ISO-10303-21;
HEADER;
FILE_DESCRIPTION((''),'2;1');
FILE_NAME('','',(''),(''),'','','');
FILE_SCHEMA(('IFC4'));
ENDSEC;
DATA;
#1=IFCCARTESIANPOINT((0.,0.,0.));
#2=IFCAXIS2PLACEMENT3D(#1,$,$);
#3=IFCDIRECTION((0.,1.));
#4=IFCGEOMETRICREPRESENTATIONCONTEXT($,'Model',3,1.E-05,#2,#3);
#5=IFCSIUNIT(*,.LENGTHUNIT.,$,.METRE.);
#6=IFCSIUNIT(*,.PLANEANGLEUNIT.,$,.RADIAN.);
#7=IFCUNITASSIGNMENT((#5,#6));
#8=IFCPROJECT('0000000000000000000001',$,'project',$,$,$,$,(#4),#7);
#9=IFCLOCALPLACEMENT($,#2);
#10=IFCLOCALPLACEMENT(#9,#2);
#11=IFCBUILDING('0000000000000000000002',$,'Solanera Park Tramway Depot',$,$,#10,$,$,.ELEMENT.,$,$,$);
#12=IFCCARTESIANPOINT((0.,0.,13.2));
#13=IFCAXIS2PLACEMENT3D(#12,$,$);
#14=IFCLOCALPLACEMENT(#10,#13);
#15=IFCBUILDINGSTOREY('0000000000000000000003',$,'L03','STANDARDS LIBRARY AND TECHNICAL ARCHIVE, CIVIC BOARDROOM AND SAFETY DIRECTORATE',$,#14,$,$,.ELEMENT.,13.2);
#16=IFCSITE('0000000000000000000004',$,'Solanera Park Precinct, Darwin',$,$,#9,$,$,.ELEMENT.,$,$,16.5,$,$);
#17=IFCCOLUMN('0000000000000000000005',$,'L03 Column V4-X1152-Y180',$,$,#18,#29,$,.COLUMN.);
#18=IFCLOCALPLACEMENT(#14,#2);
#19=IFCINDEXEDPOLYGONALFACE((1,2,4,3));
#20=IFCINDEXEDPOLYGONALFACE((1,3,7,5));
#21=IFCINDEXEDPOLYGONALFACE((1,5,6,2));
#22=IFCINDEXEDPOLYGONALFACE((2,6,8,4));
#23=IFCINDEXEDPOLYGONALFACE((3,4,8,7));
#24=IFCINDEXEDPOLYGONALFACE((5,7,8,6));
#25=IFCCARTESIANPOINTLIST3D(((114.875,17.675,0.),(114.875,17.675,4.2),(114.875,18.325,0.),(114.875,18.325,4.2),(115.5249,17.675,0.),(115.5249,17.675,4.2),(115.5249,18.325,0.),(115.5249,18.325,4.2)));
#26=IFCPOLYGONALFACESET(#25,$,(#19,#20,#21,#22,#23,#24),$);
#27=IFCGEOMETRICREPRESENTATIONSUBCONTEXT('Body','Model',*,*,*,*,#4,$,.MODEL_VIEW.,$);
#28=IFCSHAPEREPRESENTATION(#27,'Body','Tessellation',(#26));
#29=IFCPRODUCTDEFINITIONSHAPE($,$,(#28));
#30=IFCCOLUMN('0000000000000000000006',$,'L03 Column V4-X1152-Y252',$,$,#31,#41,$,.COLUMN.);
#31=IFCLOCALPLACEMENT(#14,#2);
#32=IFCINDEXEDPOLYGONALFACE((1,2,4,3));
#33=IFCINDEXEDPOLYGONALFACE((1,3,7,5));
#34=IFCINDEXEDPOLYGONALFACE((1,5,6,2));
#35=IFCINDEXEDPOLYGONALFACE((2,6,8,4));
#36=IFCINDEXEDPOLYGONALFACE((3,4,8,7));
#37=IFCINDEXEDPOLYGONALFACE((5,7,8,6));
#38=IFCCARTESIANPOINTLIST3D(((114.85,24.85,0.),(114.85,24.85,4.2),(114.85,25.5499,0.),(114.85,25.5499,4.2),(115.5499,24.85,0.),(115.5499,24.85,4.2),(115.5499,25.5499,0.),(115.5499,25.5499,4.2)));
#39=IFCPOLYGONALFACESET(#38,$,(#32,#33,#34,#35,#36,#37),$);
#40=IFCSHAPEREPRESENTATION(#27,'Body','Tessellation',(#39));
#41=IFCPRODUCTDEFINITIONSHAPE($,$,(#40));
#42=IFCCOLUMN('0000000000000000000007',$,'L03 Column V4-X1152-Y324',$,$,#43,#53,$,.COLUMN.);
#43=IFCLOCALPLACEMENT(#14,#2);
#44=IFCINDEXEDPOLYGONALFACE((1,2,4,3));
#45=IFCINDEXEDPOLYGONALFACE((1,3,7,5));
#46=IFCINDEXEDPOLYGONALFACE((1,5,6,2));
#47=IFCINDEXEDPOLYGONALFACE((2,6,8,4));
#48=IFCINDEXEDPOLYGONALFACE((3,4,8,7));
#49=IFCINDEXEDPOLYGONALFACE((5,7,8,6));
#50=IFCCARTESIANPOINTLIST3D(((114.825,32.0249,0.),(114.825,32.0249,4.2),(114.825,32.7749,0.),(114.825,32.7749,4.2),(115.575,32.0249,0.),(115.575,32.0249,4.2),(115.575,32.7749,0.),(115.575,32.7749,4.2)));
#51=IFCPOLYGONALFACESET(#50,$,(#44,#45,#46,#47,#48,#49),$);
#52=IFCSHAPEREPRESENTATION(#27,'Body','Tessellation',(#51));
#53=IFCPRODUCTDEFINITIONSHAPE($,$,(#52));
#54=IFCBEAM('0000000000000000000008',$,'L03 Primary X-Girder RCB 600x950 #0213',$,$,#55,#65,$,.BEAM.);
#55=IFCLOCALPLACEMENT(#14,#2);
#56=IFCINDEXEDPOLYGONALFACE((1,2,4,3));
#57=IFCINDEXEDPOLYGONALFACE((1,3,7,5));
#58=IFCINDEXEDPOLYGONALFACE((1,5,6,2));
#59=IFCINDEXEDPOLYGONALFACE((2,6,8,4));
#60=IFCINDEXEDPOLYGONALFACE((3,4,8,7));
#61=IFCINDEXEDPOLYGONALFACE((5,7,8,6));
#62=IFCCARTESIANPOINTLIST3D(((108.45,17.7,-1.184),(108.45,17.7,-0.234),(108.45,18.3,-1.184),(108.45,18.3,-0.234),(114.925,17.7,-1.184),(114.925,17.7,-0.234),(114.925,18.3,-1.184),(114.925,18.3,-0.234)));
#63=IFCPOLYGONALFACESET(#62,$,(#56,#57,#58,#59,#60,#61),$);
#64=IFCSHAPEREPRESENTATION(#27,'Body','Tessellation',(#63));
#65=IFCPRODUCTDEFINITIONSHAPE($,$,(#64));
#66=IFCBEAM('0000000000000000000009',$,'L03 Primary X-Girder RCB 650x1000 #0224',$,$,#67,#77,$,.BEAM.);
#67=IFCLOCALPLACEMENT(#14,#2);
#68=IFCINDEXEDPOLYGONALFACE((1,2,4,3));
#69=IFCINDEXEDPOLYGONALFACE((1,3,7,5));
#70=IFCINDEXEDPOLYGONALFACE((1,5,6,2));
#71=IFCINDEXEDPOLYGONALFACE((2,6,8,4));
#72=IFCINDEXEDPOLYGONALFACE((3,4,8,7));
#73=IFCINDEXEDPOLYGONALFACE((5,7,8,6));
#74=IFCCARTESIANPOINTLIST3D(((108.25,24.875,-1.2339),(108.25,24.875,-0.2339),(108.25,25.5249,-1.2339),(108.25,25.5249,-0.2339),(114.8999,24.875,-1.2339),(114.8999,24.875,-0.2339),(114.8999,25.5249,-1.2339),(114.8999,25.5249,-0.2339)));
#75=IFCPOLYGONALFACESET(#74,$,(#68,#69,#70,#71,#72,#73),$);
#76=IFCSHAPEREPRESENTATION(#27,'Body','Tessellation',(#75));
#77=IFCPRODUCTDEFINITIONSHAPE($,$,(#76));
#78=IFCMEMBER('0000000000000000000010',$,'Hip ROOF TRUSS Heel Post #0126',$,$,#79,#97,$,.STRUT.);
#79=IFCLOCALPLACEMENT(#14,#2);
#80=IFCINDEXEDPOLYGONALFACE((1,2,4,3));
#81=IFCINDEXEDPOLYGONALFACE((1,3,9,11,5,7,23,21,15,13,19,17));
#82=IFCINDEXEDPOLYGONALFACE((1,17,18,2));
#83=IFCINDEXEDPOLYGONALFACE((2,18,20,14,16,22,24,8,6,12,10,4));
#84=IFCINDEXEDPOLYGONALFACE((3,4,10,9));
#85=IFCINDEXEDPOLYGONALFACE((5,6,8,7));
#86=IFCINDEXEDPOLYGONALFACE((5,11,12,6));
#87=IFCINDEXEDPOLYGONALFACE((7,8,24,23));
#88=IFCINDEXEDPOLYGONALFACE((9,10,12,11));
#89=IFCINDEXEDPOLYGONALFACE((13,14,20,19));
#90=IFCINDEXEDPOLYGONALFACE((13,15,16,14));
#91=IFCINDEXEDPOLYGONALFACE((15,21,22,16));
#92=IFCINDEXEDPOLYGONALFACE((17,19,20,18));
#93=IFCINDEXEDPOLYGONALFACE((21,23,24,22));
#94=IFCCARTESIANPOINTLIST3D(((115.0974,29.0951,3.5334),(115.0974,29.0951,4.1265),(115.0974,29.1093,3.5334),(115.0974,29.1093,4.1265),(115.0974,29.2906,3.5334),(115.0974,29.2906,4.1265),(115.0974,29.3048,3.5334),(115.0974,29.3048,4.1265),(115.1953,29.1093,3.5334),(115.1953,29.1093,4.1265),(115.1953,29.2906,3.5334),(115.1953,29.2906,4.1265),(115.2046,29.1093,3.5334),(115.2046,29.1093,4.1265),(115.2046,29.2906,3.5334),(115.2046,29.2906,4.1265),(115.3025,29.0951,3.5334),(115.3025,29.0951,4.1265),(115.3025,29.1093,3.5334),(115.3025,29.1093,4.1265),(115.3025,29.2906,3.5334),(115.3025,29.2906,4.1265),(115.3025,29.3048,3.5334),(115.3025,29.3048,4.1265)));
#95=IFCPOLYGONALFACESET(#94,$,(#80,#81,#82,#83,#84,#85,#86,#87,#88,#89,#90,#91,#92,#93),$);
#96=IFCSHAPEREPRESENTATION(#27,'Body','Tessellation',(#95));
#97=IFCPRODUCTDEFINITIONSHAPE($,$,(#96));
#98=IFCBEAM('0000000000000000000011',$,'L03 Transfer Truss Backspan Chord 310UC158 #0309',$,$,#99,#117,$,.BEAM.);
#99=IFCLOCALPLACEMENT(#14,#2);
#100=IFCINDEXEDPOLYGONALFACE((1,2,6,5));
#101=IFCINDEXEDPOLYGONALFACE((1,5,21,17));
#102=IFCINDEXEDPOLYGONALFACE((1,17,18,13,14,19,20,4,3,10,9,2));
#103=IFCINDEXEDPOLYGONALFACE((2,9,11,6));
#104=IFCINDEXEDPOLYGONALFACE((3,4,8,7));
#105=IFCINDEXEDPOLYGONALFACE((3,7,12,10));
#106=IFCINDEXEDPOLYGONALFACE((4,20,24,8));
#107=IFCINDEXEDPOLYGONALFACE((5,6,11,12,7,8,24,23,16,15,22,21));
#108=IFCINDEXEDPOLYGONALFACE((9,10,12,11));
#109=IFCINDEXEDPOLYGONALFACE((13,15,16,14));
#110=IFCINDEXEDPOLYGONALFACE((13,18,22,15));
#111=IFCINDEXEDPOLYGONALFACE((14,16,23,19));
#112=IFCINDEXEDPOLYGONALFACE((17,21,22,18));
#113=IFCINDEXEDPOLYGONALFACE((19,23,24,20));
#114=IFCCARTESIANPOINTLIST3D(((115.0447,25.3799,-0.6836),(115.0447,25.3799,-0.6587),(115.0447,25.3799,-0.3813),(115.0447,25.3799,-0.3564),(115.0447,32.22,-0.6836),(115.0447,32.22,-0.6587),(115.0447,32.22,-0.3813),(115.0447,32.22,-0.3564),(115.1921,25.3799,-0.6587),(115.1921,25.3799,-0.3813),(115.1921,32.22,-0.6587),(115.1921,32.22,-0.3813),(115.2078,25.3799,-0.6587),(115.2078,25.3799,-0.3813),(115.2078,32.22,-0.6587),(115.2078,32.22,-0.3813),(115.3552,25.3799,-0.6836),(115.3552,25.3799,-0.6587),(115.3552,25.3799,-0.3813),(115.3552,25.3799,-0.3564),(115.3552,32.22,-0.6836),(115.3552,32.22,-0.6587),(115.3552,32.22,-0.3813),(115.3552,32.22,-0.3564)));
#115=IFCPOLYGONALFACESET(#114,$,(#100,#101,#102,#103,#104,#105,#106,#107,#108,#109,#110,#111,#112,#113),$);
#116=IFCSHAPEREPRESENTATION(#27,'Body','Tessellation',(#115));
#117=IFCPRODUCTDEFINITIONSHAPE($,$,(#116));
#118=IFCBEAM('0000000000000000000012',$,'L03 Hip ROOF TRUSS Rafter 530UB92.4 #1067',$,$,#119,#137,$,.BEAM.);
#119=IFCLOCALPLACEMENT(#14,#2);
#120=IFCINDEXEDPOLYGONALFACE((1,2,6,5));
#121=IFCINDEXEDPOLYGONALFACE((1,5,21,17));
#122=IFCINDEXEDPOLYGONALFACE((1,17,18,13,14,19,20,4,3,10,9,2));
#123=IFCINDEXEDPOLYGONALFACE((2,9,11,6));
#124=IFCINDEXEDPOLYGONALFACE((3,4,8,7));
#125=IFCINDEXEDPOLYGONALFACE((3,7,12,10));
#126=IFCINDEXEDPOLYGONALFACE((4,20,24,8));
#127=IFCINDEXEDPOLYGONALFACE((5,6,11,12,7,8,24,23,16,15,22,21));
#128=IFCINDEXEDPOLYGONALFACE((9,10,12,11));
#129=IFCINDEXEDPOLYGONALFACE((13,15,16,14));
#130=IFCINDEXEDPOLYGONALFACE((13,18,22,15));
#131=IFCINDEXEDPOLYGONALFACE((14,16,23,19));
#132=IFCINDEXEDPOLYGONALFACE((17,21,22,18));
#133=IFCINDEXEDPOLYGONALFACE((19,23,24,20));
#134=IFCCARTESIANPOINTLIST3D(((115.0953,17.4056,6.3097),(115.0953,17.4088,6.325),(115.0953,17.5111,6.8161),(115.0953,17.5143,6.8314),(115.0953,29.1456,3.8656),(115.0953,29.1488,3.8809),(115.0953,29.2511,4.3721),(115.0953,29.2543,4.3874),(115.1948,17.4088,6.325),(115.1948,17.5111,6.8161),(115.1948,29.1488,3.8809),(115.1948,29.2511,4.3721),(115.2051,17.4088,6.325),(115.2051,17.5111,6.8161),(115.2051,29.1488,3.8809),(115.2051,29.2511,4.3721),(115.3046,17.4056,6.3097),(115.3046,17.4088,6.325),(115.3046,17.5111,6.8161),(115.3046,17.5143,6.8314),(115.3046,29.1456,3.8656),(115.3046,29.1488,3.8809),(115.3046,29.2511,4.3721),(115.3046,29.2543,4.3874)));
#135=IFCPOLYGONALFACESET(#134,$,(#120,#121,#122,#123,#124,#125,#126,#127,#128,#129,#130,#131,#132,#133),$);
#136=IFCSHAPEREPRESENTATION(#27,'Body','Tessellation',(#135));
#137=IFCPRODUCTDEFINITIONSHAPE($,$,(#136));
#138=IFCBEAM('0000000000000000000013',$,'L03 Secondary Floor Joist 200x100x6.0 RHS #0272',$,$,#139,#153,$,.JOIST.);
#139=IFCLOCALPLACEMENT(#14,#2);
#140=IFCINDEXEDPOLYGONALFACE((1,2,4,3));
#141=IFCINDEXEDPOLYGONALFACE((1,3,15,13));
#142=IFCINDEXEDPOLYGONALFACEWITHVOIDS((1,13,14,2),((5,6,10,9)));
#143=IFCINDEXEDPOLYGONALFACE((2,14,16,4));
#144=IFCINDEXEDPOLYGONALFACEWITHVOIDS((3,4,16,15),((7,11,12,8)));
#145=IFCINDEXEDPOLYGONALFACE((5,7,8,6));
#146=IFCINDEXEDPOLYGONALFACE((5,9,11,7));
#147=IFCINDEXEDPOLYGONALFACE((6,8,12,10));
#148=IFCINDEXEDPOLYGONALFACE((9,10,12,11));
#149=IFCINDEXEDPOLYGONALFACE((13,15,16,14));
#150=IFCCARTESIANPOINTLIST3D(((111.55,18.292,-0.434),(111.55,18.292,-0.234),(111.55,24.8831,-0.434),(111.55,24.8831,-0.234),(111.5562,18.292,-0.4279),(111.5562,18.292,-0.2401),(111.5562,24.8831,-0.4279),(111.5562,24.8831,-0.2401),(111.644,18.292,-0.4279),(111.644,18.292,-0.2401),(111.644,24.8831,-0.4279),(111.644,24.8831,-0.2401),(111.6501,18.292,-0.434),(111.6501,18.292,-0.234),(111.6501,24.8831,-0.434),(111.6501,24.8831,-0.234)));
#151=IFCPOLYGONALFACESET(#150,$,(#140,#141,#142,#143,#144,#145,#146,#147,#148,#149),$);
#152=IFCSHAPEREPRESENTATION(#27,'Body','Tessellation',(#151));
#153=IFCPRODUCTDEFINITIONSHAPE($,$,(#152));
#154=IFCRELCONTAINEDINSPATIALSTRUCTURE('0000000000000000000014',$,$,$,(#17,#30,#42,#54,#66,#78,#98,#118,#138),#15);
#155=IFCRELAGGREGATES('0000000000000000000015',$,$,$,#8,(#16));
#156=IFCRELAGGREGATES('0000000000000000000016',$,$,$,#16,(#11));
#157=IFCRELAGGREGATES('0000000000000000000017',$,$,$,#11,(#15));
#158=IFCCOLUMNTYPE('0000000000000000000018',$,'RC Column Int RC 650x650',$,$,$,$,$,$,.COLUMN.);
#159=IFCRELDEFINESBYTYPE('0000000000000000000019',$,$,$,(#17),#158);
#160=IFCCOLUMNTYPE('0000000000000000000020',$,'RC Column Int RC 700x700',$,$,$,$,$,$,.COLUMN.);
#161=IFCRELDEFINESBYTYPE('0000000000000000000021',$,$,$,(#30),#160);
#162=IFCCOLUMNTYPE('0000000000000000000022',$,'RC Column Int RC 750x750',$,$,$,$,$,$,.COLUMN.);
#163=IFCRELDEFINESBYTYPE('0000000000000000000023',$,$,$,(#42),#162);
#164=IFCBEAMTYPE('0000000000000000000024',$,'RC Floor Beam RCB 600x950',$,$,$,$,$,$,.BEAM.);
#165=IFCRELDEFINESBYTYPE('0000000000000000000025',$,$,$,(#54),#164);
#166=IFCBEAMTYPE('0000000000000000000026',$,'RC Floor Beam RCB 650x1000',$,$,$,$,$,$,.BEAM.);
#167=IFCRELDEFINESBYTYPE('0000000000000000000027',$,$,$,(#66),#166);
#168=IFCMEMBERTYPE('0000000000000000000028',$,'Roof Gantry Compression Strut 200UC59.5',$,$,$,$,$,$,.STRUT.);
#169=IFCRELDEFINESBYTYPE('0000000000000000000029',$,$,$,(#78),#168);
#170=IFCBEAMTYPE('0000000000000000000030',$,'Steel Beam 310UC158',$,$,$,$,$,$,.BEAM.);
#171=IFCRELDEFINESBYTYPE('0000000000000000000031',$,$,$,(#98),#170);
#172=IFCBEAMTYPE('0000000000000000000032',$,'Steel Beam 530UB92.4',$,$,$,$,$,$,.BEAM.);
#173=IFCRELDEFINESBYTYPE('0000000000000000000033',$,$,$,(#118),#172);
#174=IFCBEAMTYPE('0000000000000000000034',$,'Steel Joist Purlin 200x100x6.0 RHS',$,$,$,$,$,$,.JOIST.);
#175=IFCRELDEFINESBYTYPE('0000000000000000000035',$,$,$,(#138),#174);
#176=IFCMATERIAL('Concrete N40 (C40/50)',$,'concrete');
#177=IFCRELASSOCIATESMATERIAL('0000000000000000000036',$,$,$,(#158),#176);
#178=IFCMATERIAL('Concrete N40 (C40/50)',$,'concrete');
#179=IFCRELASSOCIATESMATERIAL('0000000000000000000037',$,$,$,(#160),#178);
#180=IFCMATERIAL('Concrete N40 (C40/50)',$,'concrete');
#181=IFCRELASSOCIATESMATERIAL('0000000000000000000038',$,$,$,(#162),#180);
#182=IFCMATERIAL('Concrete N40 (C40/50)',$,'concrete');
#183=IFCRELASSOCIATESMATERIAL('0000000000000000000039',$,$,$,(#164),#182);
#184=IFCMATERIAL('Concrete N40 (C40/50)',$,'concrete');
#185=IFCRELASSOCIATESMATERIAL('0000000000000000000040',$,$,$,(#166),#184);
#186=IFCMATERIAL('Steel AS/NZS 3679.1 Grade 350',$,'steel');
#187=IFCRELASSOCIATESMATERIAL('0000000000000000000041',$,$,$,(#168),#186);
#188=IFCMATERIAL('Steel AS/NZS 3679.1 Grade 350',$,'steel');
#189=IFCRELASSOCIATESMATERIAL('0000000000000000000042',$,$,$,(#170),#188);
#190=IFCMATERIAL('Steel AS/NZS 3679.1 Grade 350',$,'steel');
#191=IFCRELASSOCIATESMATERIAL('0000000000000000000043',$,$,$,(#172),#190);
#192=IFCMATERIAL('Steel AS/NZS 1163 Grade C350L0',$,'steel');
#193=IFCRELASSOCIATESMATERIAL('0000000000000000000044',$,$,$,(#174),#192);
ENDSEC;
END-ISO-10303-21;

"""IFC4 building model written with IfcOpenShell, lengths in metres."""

from ifc_helpers import new_model, si_unit, direction, frame, origin, origin_2d, place, context, subcontext, project, spatial, rectangle, hollow_rectangle, i_section, extrude, material, material_profile, profile_set, type_object, element, save


model = new_model("IFC4")

# Units and contexts
model_context = context("Model", 3, precision=1e-05, world=origin(), true_north=direction((0.0, 1.0)))
body_context = subcontext(model_context, "Body", "Model", "MODEL_VIEW")
ifc_project = project(units=[si_unit("LENGTHUNIT", "METRE"), si_unit("PLANEANGLEUNIT", "RADIAN")], contexts=[model_context])

# Site, building, storey
site_placement = place(None, origin())
site = spatial("IfcSite", under=ifc_project, at=site_placement, Name="Solanera Park Precinct, Darwin", CompositionType="ELEMENT", RefElevation=16.5)
building_placement = place(site_placement, origin())
building = spatial("IfcBuilding", under=site, at=building_placement, Name="Solanera Park Tramway Depot", CompositionType="ELEMENT")
storey_placement = place(building_placement, frame((0.0, 0.0, 13.2)))
storey = spatial("IfcBuildingStorey", under=building, at=storey_placement, Name="L03", Description="STANDARDS LIBRARY AND TECHNICAL ARCHIVE, CIVIC BOARDROOM AND SAFETY DIRECTORATE", CompositionType="ELEMENT", Elevation=13.2)

# Columns
ifc_material_1 = material(Name="Concrete N40 (C40/50)", Category="concrete")
ifc_material_profile_1 = material_profile(ifc_material_1, rectangle(XDim=0.6499, YDim=0.6499, at=origin_2d()), Name="RC 650x650")
ifc_profile_set_1 = profile_set([ifc_material_profile_1], Name="Concrete N40 (C40/50)")
column_type_1 = type_object("IfcColumnType", Name="RC Column Int RC 650x650", PredefinedType="COLUMN", material=ifc_profile_set_1)
column_1_placement = place(storey_placement, frame((115.2, 18.0, 0.0), z_axis=(0.0, 0.0, 1.0), x_axis=(1.0, 0.0, 0.0)))
element("IfcColumn", 1, at=column_1_placement, inside=storey, type_object=column_type_1, Name="L03 Column V4-X1152-Y180", PredefinedType="COLUMN", context=body_context, shape_type="SweptSolid", body=[
    extrude(rectangle(XDim=0.6499, YDim=0.6499, at=origin_2d()), origin(), (0.0, 0.0, 1.0), 4.2),
])
ifc_material_2 = material(Name="Concrete N40 (C40/50)", Category="concrete")
ifc_material_profile_2 = material_profile(ifc_material_2, rectangle(XDim=0.7, YDim=0.7, at=origin_2d()), Name="RC 700x700")
ifc_profile_set_2 = profile_set([ifc_material_profile_2], Name="Concrete N40 (C40/50)")
column_type_2 = type_object("IfcColumnType", Name="RC Column Int RC 700x700", PredefinedType="COLUMN", material=ifc_profile_set_2)
column_2_placement = place(storey_placement, frame((115.2, 25.2, 0.0), z_axis=(0.0, 0.0, 1.0), x_axis=(1.0, 0.0, 0.0)))
element("IfcColumn", 2, at=column_2_placement, inside=storey, type_object=column_type_2, Name="L03 Column V4-X1152-Y252", PredefinedType="COLUMN", context=body_context, shape_type="SweptSolid", body=[
    extrude(rectangle(XDim=0.7, YDim=0.7, at=origin_2d()), origin(), (0.0, 0.0, 1.0), 4.2),
])
ifc_material_3 = material(Name="Concrete N40 (C40/50)", Category="concrete")
ifc_material_profile_3 = material_profile(ifc_material_3, rectangle(XDim=0.75, YDim=0.75, at=origin_2d()), Name="RC 750x750")
ifc_profile_set_3 = profile_set([ifc_material_profile_3], Name="Concrete N40 (C40/50)")
column_type_3 = type_object("IfcColumnType", Name="RC Column Int RC 750x750", PredefinedType="COLUMN", material=ifc_profile_set_3)
column_3_placement = place(storey_placement, frame((115.2, 32.3999, 0.0), z_axis=(0.0, 0.0, 1.0), x_axis=(1.0, 0.0, 0.0)))
element("IfcColumn", 3, at=column_3_placement, inside=storey, type_object=column_type_3, Name="L03 Column V4-X1152-Y324", PredefinedType="COLUMN", context=body_context, shape_type="SweptSolid", body=[
    extrude(rectangle(XDim=0.75, YDim=0.75, at=origin_2d()), origin(), (0.0, 0.0, 1.0), 4.2),
])

# Beams
ifc_material_4 = material(Name="Concrete N40 (C40/50)", Category="concrete")
ifc_material_profile_4 = material_profile(ifc_material_4, rectangle(XDim=0.6001, YDim=0.95, at=origin_2d()), Name="RCB 600x950")
ifc_profile_set_4 = profile_set([ifc_material_profile_4], Name="Concrete N40 (C40/50)")
beam_type_1 = type_object("IfcBeamType", Name="RC Floor Beam RCB 600x950", PredefinedType="BEAM", material=ifc_profile_set_4)
beam_1_placement = place(storey_placement, frame((108.45, 18.0, -0.709), z_axis=(1.0, 0.0, 0.0), x_axis=(0.0, 1.0, 0.0)))
element("IfcBeam", 4, at=beam_1_placement, inside=storey, type_object=beam_type_1, Name="L03 Primary X-Girder RCB 600x950 #0213", PredefinedType="BEAM", context=body_context, shape_type="SweptSolid", body=[
    extrude(rectangle(XDim=0.6001, YDim=0.95, at=origin_2d()), origin(), (0.0, 0.0, 1.0), 6.4751),
])
ifc_material_5 = material(Name="Concrete N40 (C40/50)", Category="concrete")
ifc_material_profile_5 = material_profile(ifc_material_5, rectangle(XDim=0.6499, YDim=1.0, at=origin_2d()), Name="RCB 650x1000")
ifc_profile_set_5 = profile_set([ifc_material_profile_5], Name="Concrete N40 (C40/50)")
beam_type_2 = type_object("IfcBeamType", Name="RC Floor Beam RCB 650x1000", PredefinedType="BEAM", material=ifc_profile_set_5)
beam_2_placement = place(storey_placement, frame((108.25, 25.2, -0.7339), z_axis=(1.0, 0.0, 0.0), x_axis=(0.0, 1.0, 0.0)))
element("IfcBeam", 5, at=beam_2_placement, inside=storey, type_object=beam_type_2, Name="L03 Primary X-Girder RCB 650x1000 #0224", PredefinedType="BEAM", context=body_context, shape_type="SweptSolid", body=[
    extrude(rectangle(XDim=0.6499, YDim=1.0, at=origin_2d()), origin(), (0.0, 0.0, 1.0), 6.6499),
])

# Member
ifc_material_6 = material(Name="Steel AS/NZS 3679.1 Grade 350", Category="steel")
ifc_material_profile_6 = material_profile(ifc_material_6, i_section(OverallWidth=0.2051, OverallDepth=0.2097, WebThickness=0.0093, FlangeThickness=0.0142, at=origin_2d()), Name="200UC59.5")
ifc_profile_set_6 = profile_set([ifc_material_profile_6], Name="Steel AS/NZS 3679.1 Grade 350")
member_type_1 = type_object("IfcMemberType", Name="Roof Gantry Compression Strut 200UC59.5", PredefinedType="STRUT", material=ifc_profile_set_6)
member_1_placement = place(storey_placement, frame((115.2, 29.2, 3.5334), z_axis=(0.0, 0.0, 1.0), x_axis=(1.0, 0.0, 0.0)))
element("IfcMember", 6, at=member_1_placement, inside=storey, type_object=member_type_1, Name="Hip ROOF TRUSS Heel Post #0126", PredefinedType="STRUT", context=body_context, shape_type="SweptSolid", body=[
    extrude(i_section(OverallWidth=0.2051, OverallDepth=0.2097, WebThickness=0.0093, FlangeThickness=0.0142, at=origin_2d()), origin(), (0.0, 0.0, 1.0), 0.593),
])

# Beams
ifc_material_7 = material(Name="Steel AS/NZS 3679.1 Grade 350", Category="steel")
ifc_material_profile_7 = material_profile(ifc_material_7, i_section(OverallWidth=0.3105, OverallDepth=0.3271, WebThickness=0.0156, FlangeThickness=0.0249, at=origin_2d()), Name="310UC158")
ifc_profile_set_7 = profile_set([ifc_material_profile_7], Name="Steel AS/NZS 3679.1 Grade 350")
beam_type_3 = type_object("IfcBeamType", Name="Steel Beam 310UC158", PredefinedType="BEAM", material=ifc_profile_set_7)
beam_3_placement = place(storey_placement, frame((115.2, 25.3799, -0.52), z_axis=(0.0, 1.0, 0.0), x_axis=(-1.0, 0.0, 0.0)))
element("IfcBeam", 7, at=beam_3_placement, inside=storey, type_object=beam_type_3, Name="L03 Transfer Truss Backspan Chord 310UC158 #0309", PredefinedType="BEAM", context=body_context, shape_type="SweptSolid", body=[
    extrude(i_section(OverallWidth=0.3105, OverallDepth=0.3271, WebThickness=0.0156, FlangeThickness=0.0249, at=origin_2d()), origin(), (0.0, 0.0, 1.0), 6.8401),
])
ifc_material_8 = material(Name="Steel AS/NZS 3679.1 Grade 350", Category="steel")
ifc_material_profile_8 = material_profile(ifc_material_8, i_section(OverallWidth=0.2092, OverallDepth=0.533, WebThickness=0.0103, FlangeThickness=0.0156, at=origin_2d()), Name="530UB92.4")
ifc_profile_set_8 = profile_set([ifc_material_profile_8], Name="Steel AS/NZS 3679.1 Grade 350")
beam_type_4 = type_object("IfcBeamType", Name="Steel Beam 530UB92.4", PredefinedType="BEAM", material=ifc_profile_set_8)
beam_4_placement = place(storey_placement, frame((115.2, 17.46, 6.5706), z_axis=(0.0, 0.979009, -0.203815), x_axis=(-1.0, 0.0, 0.0)))
element("IfcBeam", 8, at=beam_4_placement, inside=storey, type_object=beam_type_4, Name="L03 Hip ROOF TRUSS Rafter 530UB92.4 #1067", PredefinedType="BEAM", context=body_context, shape_type="SweptSolid", body=[
    extrude(i_section(OverallWidth=0.2092, OverallDepth=0.533, WebThickness=0.0103, FlangeThickness=0.0156, at=origin_2d()), origin(), (0.0, 0.0, 1.0), 11.9917),
])
ifc_material_9 = material(Name="Steel AS/NZS 1163 Grade C350L0", Category="steel")
ifc_material_profile_9 = material_profile(ifc_material_9, hollow_rectangle(XDim=0.1001, YDim=0.2, WallThickness=0.0061, at=origin_2d()), Name="200x100x6.0 RHS")
ifc_profile_set_9 = profile_set([ifc_material_profile_9], Name="Steel AS/NZS 1163 Grade C350L0")
beam_type_5 = type_object("IfcBeamType", Name="Steel Joist Purlin 200x100x6.0 RHS", PredefinedType="JOIST", material=ifc_profile_set_9)
beam_5_placement = place(storey_placement, frame((111.6001, 18.292, -0.334), z_axis=(0.0, 1.0, 0.0), x_axis=(-1.0, 0.0, 0.0)))
element("IfcBeam", 9, at=beam_5_placement, inside=storey, type_object=beam_type_5, Name="L03 Secondary Floor Joist 200x100x6.0 RHS #0272", PredefinedType="JOIST", context=body_context, shape_type="SweptSolid", body=[
    extrude(hollow_rectangle(XDim=0.1001, YDim=0.2, WallThickness=0.0061, at=origin_2d()), origin(), (0.0, 0.0, 1.0), 6.5911),
])

save(model, "model.ifc")
